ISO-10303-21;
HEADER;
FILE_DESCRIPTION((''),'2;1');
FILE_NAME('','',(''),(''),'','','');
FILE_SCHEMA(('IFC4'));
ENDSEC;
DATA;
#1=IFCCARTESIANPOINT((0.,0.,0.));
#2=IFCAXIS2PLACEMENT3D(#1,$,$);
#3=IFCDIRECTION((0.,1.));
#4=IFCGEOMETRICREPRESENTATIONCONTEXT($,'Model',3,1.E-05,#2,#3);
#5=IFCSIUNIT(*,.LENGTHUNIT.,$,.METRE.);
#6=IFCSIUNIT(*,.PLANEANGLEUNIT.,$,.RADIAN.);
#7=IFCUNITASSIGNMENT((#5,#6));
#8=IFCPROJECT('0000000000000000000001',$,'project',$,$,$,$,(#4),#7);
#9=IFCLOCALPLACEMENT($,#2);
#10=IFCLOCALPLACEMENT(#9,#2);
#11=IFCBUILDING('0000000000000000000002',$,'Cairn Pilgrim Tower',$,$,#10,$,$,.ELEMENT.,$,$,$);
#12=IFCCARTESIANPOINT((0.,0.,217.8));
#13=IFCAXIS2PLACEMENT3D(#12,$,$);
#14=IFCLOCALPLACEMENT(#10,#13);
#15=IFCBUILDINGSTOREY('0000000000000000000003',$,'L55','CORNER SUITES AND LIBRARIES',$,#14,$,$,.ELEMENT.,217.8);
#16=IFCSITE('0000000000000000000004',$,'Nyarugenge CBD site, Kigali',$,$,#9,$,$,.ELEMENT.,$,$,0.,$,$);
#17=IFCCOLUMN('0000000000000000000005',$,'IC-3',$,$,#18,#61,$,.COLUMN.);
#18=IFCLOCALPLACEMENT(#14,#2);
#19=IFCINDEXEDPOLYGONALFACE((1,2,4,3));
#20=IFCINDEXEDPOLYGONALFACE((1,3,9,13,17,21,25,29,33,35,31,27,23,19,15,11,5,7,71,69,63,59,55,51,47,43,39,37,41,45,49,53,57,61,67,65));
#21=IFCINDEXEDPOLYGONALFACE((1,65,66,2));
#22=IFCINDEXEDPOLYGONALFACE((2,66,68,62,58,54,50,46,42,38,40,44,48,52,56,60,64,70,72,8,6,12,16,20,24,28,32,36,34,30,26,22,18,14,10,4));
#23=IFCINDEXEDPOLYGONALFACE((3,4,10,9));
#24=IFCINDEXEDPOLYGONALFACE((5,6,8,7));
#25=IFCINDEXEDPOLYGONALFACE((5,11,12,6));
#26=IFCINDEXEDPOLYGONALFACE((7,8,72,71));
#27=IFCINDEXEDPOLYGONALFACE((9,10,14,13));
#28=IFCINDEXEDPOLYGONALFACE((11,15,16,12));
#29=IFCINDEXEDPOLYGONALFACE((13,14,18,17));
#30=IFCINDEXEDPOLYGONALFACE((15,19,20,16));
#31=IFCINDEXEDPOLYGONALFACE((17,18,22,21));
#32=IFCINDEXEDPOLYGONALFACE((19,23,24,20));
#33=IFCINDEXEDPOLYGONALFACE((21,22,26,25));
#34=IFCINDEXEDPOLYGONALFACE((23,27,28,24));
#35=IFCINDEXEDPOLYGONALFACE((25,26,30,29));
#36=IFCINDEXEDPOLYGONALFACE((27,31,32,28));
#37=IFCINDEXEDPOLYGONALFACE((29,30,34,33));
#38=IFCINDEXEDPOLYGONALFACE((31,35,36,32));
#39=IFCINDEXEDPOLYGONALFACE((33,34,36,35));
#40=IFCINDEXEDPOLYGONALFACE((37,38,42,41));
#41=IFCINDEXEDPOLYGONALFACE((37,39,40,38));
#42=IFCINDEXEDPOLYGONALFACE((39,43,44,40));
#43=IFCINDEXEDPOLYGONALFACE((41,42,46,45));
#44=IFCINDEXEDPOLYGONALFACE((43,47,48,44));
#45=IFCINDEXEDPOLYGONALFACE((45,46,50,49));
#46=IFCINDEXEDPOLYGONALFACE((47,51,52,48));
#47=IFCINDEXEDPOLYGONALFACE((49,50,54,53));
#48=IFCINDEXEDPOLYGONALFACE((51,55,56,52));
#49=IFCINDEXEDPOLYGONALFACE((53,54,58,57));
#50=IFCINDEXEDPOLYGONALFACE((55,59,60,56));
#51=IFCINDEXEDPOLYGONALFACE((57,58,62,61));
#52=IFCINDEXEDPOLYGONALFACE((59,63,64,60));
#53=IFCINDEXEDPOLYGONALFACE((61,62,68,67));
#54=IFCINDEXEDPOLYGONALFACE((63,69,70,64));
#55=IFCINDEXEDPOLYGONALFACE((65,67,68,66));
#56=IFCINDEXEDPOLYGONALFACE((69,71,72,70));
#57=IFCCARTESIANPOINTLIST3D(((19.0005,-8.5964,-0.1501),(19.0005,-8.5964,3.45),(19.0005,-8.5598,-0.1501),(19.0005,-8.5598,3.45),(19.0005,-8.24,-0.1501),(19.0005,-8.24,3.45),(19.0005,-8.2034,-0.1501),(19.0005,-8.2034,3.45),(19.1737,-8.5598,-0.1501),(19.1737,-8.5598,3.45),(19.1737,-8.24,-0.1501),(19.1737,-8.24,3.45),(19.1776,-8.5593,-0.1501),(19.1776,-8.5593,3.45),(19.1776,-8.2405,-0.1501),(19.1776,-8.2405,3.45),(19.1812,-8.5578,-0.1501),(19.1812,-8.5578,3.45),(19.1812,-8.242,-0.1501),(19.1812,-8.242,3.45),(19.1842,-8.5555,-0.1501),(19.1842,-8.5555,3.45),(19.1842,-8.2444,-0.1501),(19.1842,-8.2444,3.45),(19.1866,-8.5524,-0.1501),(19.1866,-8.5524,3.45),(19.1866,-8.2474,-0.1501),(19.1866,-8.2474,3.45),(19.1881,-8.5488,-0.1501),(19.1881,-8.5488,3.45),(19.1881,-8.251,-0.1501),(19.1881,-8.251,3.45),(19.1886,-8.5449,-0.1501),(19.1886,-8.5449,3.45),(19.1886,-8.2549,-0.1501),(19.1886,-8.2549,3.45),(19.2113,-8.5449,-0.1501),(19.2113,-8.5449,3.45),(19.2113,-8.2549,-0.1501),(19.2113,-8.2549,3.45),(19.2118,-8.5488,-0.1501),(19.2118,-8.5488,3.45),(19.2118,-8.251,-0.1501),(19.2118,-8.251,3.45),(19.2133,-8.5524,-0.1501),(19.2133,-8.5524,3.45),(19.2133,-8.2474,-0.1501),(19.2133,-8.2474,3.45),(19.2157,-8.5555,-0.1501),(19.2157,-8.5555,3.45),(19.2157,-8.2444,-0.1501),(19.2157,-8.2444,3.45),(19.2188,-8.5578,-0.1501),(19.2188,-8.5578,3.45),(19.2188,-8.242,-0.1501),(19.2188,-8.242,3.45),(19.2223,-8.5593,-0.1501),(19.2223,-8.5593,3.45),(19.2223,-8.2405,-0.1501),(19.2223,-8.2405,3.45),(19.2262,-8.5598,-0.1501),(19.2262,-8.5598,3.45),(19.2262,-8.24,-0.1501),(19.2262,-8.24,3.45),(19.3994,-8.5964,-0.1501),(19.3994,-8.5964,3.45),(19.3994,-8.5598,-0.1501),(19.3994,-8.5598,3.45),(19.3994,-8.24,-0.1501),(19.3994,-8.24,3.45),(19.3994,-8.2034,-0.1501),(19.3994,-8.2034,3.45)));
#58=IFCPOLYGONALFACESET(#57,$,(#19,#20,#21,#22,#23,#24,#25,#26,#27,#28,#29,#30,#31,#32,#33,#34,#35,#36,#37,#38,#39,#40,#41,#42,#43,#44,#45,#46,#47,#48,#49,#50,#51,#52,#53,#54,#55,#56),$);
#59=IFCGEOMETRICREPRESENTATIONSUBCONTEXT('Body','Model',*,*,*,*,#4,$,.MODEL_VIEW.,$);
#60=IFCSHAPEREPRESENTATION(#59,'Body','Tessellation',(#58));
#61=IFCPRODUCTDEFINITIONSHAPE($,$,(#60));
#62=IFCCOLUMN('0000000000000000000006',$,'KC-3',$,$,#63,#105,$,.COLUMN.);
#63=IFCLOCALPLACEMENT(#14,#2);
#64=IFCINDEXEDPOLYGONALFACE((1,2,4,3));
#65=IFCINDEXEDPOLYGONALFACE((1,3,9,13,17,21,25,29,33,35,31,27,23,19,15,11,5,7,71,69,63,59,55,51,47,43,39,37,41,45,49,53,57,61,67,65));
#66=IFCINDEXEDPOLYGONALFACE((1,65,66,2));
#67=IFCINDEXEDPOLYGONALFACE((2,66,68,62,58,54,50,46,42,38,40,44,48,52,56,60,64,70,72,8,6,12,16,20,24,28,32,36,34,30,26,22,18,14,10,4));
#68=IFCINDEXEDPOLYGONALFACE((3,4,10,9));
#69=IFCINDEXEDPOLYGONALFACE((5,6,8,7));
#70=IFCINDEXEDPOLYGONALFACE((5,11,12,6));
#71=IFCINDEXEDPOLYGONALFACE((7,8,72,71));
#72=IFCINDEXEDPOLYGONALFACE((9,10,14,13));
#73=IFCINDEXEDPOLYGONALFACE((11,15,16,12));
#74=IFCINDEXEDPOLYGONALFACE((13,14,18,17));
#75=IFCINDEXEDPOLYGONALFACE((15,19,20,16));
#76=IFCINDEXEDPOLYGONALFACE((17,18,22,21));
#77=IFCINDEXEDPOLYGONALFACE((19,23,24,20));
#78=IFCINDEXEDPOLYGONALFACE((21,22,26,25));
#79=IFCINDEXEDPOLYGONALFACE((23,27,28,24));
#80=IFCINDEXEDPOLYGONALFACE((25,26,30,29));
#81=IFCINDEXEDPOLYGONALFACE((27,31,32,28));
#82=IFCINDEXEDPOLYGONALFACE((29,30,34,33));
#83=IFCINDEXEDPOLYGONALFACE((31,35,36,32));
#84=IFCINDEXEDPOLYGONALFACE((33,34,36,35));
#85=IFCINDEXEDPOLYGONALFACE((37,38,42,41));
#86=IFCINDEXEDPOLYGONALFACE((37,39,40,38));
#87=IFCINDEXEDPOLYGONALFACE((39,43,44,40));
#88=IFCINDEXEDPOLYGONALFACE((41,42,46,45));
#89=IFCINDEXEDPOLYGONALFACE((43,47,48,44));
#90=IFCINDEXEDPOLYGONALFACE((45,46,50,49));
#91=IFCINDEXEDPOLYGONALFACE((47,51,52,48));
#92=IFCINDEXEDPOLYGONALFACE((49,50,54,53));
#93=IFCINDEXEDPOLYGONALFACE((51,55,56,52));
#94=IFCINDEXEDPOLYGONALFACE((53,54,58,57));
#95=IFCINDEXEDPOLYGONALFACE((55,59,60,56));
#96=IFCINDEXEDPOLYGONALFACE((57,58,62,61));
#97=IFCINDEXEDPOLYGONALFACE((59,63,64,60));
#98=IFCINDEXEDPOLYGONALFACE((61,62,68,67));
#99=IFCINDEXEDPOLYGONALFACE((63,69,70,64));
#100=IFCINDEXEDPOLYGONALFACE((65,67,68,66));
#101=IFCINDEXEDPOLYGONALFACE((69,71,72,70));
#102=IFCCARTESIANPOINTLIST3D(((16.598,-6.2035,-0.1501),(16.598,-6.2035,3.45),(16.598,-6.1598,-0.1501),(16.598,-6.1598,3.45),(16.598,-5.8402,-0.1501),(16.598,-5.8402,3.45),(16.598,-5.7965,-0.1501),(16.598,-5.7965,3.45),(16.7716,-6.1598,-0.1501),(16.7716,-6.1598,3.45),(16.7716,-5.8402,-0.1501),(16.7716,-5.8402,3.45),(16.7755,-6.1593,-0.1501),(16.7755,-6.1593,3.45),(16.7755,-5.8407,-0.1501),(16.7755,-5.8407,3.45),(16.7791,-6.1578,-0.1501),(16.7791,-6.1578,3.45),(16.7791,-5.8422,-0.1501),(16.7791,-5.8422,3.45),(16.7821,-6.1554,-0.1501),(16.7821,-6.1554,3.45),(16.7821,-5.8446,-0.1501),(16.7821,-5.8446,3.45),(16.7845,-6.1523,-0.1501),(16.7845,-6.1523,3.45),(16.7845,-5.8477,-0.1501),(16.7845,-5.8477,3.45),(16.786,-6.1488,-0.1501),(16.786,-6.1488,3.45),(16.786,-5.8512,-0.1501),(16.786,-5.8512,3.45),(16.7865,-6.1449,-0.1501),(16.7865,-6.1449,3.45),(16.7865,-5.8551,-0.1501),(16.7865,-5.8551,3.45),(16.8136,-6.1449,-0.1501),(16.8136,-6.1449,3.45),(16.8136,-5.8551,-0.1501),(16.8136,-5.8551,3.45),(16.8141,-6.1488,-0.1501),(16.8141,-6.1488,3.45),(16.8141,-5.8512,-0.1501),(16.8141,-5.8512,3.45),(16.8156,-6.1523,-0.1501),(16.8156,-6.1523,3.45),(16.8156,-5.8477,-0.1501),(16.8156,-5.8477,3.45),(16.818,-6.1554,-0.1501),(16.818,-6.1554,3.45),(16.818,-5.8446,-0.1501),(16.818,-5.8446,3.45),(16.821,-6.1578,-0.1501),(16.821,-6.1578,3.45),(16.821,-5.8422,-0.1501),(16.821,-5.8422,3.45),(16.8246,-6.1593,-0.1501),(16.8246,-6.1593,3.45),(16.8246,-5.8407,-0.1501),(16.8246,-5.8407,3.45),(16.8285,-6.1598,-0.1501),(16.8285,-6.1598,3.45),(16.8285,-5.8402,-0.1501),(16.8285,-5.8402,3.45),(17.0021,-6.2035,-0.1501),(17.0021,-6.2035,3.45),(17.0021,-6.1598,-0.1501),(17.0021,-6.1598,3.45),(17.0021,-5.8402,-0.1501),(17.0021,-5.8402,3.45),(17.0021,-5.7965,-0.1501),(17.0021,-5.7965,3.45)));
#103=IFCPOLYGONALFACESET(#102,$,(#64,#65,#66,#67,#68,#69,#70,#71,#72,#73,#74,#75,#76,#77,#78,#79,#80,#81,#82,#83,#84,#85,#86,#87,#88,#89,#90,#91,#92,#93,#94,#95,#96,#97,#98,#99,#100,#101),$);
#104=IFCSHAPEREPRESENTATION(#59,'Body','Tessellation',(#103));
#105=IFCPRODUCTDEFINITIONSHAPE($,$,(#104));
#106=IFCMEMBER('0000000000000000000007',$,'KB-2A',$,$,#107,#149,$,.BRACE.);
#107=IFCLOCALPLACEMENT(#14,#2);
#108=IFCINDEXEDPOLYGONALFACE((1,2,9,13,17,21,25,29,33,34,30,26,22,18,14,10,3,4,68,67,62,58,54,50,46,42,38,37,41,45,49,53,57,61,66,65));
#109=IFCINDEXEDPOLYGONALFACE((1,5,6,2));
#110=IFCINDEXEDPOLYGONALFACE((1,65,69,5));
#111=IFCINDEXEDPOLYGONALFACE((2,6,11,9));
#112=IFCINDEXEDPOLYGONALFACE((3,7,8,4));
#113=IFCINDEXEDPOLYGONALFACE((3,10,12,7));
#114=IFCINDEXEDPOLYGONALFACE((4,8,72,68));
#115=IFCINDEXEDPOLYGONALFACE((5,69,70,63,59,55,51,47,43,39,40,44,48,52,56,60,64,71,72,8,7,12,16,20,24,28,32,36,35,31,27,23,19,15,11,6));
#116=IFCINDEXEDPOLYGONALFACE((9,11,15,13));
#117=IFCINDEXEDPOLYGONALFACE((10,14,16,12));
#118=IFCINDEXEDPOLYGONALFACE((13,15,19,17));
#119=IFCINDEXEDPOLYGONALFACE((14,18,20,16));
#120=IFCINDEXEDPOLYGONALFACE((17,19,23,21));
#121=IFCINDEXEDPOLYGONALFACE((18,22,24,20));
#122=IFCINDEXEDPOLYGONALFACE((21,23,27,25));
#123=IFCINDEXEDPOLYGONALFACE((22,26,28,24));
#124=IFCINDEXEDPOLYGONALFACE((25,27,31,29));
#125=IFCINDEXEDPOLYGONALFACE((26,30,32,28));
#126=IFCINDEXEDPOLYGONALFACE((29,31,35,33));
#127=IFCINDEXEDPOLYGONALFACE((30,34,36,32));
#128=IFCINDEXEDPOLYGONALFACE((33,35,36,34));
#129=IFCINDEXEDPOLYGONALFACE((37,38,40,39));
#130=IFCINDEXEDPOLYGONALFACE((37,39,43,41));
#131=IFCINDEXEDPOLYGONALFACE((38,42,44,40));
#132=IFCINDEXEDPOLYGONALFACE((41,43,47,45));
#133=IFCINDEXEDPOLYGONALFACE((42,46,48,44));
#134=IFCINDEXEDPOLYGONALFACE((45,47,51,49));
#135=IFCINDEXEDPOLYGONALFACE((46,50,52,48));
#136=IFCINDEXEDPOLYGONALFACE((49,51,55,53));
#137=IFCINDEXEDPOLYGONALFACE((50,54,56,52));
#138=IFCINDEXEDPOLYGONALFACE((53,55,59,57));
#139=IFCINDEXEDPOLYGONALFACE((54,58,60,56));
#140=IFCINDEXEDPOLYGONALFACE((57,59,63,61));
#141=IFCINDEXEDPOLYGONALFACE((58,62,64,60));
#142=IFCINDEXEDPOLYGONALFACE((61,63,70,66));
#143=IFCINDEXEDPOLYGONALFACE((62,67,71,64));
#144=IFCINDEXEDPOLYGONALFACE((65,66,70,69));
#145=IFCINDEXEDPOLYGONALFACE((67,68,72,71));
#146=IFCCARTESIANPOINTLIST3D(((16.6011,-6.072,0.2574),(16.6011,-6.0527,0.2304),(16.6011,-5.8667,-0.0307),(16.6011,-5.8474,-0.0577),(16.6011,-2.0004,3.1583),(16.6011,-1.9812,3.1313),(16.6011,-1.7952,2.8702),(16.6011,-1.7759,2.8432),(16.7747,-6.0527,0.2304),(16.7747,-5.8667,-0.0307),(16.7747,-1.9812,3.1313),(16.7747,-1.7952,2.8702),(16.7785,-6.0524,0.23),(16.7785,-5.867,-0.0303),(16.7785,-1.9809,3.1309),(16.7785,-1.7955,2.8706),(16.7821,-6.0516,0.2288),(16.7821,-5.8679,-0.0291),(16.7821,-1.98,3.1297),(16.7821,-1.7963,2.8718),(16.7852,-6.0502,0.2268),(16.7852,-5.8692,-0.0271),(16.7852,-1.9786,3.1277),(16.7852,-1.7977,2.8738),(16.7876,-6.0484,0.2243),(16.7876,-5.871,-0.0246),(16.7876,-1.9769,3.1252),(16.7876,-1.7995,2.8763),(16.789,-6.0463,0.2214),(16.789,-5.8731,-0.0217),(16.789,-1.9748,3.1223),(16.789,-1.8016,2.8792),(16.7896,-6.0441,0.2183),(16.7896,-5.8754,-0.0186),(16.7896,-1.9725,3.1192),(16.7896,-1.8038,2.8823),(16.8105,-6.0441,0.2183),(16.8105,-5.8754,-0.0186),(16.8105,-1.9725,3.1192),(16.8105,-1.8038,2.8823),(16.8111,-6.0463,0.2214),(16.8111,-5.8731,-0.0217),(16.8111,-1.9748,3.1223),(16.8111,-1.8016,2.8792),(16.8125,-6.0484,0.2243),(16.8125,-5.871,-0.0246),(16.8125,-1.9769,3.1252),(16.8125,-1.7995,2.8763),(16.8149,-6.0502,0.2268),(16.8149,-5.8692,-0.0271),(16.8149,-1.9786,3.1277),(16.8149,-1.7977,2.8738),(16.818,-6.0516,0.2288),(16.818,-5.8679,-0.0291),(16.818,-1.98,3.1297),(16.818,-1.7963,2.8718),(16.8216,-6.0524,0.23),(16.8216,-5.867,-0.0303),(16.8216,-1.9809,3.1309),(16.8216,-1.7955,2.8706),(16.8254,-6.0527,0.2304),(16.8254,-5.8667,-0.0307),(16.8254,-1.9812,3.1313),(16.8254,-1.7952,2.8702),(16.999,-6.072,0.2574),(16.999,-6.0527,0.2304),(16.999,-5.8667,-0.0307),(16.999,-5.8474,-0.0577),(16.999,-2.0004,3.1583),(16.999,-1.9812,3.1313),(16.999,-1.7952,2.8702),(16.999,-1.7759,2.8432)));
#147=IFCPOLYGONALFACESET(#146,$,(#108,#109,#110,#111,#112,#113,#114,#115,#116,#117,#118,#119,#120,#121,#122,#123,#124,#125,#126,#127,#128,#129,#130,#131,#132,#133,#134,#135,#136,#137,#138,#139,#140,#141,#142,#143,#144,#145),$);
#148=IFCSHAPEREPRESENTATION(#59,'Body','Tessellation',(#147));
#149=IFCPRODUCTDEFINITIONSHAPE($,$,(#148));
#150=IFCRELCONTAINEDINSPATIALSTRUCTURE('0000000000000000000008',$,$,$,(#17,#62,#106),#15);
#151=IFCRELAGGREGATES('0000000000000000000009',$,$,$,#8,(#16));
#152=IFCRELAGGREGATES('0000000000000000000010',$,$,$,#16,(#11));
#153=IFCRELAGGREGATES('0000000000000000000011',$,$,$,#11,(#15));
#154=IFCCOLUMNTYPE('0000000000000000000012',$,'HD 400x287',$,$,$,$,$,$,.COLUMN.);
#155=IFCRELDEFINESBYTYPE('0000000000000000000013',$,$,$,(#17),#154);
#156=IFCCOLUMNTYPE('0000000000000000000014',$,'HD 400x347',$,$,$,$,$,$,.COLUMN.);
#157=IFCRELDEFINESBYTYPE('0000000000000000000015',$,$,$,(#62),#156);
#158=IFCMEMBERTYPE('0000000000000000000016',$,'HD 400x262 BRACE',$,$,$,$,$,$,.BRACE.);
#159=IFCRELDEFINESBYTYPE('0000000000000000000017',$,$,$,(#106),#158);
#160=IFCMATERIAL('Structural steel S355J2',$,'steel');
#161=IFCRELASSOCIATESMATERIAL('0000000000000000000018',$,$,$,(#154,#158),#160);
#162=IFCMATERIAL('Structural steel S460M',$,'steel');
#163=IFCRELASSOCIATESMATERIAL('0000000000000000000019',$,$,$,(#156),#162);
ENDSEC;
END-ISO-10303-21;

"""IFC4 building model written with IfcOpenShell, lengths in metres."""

from ifc_helpers import new_model, si_unit, direction, frame, origin, origin_2d, place, context, subcontext, project, spatial, i_section, extrude, material, material_profile, profile_set, type_object, element, save


model = new_model("IFC4")

# Units and contexts
model_context = context("Model", 3, precision=1e-05, world=origin(), true_north=direction((0.0, 1.0)))
body_context = subcontext(model_context, "Body", "Model", "MODEL_VIEW")
ifc_project = project(units=[si_unit("LENGTHUNIT", "METRE"), si_unit("PLANEANGLEUNIT", "RADIAN")], contexts=[model_context])

# Site, building, storey
site_placement = place(None, origin())
site = spatial("IfcSite", under=ifc_project, at=site_placement, Name="Nyarugenge CBD site, Kigali", CompositionType="ELEMENT", RefElevation=0.0)
building_placement = place(site_placement, origin())
building = spatial("IfcBuilding", under=site, at=building_placement, Name="Cairn Pilgrim Tower", CompositionType="ELEMENT")
storey_placement = place(building_placement, frame((0.0, 0.0, 217.8)))
storey = spatial("IfcBuildingStorey", under=building, at=storey_placement, Name="L55", Description="CORNER SUITES AND LIBRARIES", CompositionType="ELEMENT", Elevation=217.8)

# Columns
ifc_material_1 = material(Name="Structural steel S355J2", Category="steel")
ifc_material_profile_1 = material_profile(ifc_material_1, i_section(OverallWidth=0.3989, OverallDepth=0.3931, WebThickness=0.0227, FlangeThickness=0.0366, FilletRadius=0.0149, at=origin_2d()), Name="HD 400x287")
ifc_profile_set_1 = profile_set([ifc_material_profile_1], Name="Structural steel S355J2")
column_type_1 = type_object("IfcColumnType", Name="HD 400x287", PredefinedType="COLUMN", material=ifc_profile_set_1)
column_1_placement = place(storey_placement, frame((19.2, -8.3999, -0.1501), z_axis=(0.0, 0.0, 1.0), x_axis=(1.0, 0.0, 0.0)))
element("IfcColumn", 1, at=column_1_placement, inside=storey, type_object=column_type_1, Name="IC-3", PredefinedType="COLUMN", context=body_context, shape_type="SweptSolid", body=[
    extrude(i_section(OverallWidth=0.3989, OverallDepth=0.3931, WebThickness=0.0227, FlangeThickness=0.0366, FilletRadius=0.0149, at=origin_2d()), origin(), (0.0, 0.0, 1.0), 3.6001),
])
ifc_material_2 = material(Name="Structural steel S460M", Category="steel")
ifc_material_profile_2 = material_profile(ifc_material_2, i_section(OverallWidth=0.4041, OverallDepth=0.407, WebThickness=0.0271, FlangeThickness=0.0437, FilletRadius=0.0149, at=origin_2d()), Name="HD 400x347")
ifc_profile_set_2 = profile_set([ifc_material_profile_2], Name="Structural steel S460M")
column_type_2 = type_object("IfcColumnType", Name="HD 400x347", PredefinedType="COLUMN", material=ifc_profile_set_2)
column_2_placement = place(storey_placement, frame((16.8, -6.0, -0.1501), z_axis=(0.0, 0.0, 1.0), x_axis=(1.0, 0.0, 0.0)))
element("IfcColumn", 2, at=column_2_placement, inside=storey, type_object=column_type_2, Name="KC-3", PredefinedType="COLUMN", context=body_context, shape_type="SweptSolid", body=[
    extrude(i_section(OverallWidth=0.4041, OverallDepth=0.407, WebThickness=0.0271, FlangeThickness=0.0437, FilletRadius=0.0149, at=origin_2d()), origin(), (0.0, 0.0, 1.0), 3.6001),
])

# Member
ifc_material_profile_3 = material_profile(ifc_material_1, i_section(OverallWidth=0.3979, OverallDepth=0.387, WebThickness=0.021, FlangeThickness=0.0332, FilletRadius=0.0149, at=origin_2d()), Name="HD 400x262")
ifc_profile_set_3 = profile_set([ifc_material_profile_3], Name="Structural steel S355J2")
member_type = type_object("IfcMemberType", Name="HD 400x262 BRACE", PredefinedType="BRACE", material=ifc_profile_set_3)
member_placement = place(storey_placement, frame((16.8, -5.9597, 0.0999), z_axis=(0.0, 0.814429, 0.580263), x_axis=(-1.0, 0.0, 0.0)))
element("IfcMember", 3, at=member_placement, inside=storey, type_object=member_type, Name="KB-2A", PredefinedType="BRACE", context=body_context, shape_type="SweptSolid", body=[
    extrude(i_section(OverallWidth=0.3979, OverallDepth=0.387, WebThickness=0.021, FlangeThickness=0.0332, FilletRadius=0.0149, at=origin_2d()), origin(), (0.0, 0.0, 1.0), 4.9993),
])

save(model, "model.ifc")
